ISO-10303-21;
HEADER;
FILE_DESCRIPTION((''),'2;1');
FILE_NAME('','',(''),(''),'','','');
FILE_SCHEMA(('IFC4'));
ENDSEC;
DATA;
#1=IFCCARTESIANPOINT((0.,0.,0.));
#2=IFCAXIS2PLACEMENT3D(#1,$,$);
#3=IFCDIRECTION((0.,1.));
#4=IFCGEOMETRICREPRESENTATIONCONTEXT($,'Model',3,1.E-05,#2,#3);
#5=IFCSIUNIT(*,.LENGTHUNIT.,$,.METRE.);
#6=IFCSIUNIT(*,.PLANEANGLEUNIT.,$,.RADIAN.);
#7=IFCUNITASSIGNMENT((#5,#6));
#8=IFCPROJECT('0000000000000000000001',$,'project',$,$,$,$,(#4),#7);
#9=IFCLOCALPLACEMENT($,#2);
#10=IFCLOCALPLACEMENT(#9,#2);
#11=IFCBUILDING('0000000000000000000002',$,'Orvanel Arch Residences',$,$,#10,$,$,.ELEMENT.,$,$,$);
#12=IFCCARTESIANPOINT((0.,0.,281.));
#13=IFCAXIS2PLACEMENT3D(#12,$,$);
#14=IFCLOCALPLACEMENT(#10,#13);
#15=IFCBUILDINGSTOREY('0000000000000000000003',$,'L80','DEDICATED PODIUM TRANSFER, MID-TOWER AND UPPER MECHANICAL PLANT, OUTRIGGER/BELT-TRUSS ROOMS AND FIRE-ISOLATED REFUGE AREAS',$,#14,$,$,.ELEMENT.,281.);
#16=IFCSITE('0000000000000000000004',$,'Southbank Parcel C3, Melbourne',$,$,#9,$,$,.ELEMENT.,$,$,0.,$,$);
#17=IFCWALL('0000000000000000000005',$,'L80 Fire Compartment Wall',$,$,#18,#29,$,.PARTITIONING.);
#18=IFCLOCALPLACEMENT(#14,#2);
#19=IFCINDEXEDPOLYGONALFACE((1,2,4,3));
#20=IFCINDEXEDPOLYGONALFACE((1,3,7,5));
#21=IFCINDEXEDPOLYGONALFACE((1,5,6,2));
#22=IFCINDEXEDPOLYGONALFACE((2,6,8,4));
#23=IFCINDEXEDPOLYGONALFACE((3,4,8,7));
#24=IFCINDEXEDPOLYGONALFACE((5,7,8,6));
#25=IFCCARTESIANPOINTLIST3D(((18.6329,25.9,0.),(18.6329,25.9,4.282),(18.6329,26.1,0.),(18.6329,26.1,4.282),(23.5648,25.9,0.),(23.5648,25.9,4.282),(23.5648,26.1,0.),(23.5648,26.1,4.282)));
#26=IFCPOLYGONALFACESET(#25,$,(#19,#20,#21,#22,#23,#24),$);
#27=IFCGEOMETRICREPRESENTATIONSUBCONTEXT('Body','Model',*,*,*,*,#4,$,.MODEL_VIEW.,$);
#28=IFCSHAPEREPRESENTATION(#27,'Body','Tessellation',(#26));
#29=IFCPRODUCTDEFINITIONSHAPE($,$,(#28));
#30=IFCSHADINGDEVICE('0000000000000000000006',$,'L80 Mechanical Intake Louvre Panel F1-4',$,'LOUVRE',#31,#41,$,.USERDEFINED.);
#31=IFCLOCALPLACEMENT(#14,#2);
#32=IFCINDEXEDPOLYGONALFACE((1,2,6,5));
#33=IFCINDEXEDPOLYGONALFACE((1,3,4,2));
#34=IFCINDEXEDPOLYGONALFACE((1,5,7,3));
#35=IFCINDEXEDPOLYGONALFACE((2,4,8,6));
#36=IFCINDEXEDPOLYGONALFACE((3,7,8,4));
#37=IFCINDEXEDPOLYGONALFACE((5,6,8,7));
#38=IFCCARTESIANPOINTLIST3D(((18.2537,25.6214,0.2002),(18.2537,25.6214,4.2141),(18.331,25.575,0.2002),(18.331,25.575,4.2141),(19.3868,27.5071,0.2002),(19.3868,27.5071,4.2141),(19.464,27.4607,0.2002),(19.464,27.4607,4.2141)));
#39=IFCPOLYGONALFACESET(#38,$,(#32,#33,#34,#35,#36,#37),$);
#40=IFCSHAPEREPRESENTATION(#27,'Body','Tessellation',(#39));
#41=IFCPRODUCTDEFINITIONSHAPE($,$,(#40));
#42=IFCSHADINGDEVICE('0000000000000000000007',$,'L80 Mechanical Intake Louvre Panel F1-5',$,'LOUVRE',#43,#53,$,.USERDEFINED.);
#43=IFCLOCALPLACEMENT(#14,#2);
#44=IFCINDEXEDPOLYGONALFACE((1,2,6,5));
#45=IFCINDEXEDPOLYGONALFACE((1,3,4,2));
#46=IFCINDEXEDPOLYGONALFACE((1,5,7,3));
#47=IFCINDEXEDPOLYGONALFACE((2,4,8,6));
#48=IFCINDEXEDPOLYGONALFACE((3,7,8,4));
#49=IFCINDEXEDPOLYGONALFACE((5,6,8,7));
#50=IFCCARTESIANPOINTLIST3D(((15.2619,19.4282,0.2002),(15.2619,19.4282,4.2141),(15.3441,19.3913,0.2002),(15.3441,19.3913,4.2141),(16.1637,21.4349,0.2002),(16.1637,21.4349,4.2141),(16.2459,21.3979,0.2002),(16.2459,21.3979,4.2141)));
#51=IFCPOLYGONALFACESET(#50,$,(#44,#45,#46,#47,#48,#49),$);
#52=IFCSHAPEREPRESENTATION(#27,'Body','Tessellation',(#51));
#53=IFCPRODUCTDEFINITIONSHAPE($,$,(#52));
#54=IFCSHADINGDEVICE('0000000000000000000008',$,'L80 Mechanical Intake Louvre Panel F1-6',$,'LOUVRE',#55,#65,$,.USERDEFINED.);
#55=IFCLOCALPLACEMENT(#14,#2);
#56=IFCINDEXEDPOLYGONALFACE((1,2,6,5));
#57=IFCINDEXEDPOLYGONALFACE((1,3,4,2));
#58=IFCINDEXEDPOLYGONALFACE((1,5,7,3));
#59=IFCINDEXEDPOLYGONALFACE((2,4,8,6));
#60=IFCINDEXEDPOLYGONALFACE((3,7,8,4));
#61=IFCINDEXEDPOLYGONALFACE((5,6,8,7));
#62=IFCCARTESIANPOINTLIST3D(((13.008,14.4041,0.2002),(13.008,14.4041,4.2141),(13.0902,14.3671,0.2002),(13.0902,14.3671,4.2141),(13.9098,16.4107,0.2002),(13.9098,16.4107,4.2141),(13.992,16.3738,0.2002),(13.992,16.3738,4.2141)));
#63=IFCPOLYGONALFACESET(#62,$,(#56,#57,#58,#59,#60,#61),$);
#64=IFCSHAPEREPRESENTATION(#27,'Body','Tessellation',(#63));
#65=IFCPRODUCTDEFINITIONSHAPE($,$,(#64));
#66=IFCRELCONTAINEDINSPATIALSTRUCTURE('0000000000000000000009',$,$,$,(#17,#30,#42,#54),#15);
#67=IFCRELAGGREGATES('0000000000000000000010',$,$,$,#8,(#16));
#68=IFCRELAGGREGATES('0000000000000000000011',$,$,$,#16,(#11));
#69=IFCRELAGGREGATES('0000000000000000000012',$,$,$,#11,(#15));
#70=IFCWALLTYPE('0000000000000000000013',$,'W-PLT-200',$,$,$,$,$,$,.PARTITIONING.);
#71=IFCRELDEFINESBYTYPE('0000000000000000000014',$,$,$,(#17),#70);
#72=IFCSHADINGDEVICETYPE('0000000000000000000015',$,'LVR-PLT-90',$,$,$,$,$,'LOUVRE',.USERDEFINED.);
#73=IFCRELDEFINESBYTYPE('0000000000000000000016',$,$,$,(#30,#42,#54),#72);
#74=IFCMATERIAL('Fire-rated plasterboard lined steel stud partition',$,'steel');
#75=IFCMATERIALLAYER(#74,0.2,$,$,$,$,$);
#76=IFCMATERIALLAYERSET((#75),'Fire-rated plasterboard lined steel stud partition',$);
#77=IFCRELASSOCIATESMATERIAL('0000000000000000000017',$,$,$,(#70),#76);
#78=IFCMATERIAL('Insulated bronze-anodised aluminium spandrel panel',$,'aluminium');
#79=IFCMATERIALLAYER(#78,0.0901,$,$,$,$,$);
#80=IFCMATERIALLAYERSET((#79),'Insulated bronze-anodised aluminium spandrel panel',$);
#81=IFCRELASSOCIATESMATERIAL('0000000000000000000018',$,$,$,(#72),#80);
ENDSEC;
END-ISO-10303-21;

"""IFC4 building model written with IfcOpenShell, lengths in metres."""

from ifc_helpers import new_model, si_unit, direction, frame, frame_2d, origin, origin_2d, place, context, subcontext, project, spatial, rectangle, extrude, material, layer, layer_set, type_object, element, save


model = new_model("IFC4")

# Units and contexts
model_context = context("Model", 3, precision=1e-05, world=origin(), true_north=direction((0.0, 1.0)))
body_context = subcontext(model_context, "Body", "Model", "MODEL_VIEW")
ifc_project = project(units=[si_unit("LENGTHUNIT", "METRE"), si_unit("PLANEANGLEUNIT", "RADIAN")], contexts=[model_context])

# Site, building, storey
site_placement = place(None, origin())
site = spatial("IfcSite", under=ifc_project, at=site_placement, Name="Southbank Parcel C3, Melbourne", CompositionType="ELEMENT", RefElevation=0.0)
building_placement = place(site_placement, origin())
building = spatial("IfcBuilding", under=site, at=building_placement, Name="Orvanel Arch Residences", CompositionType="ELEMENT")
storey_placement = place(building_placement, frame((0.0, 0.0, 281.0)))
storey = spatial("IfcBuildingStorey", under=building, at=storey_placement, Name="L80", Description="DEDICATED PODIUM TRANSFER, MID-TOWER AND UPPER MECHANICAL PLANT, OUTRIGGER/BELT-TRUSS ROOMS AND FIRE-ISOLATED REFUGE AREAS", CompositionType="ELEMENT", Elevation=281.0)

# Wall
ifc_material_1 = material(Name="Fire-rated plasterboard lined steel stud partition", Category="steel")
ifc_layer_1 = layer(ifc_material_1, 0.2)
ifc_layer_set_1 = layer_set([ifc_layer_1], Name="Fire-rated plasterboard lined steel stud partition")
wall_type_1 = type_object("IfcWallType", Name="W-PLT-200", PredefinedType="PARTITIONING", material=ifc_layer_set_1)
wall_1_placement = place(storey_placement, frame((18.6331, 26.0, 0.0), z_axis=(0.0, 0.0, 1.0), x_axis=(1.0, 0.0, 0.0)))
element("IfcWall", 1, at=wall_1_placement, inside=storey, type_object=wall_type_1, Name="L80 Fire Compartment Wall", PredefinedType="PARTITIONING", context=body_context, shape_type="SweptSolid", body=[
    extrude(rectangle(XDim=4.9319, YDim=0.2, at=frame_2d((2.4658, 0.0))), origin(), (0.0, 0.0, 1.0), 4.282),
])

# Shading devices
ifc_material_2 = material(Name="Insulated bronze-anodised aluminium spandrel panel", Category="aluminium")
ifc_layer_2 = layer(ifc_material_2, 0.0901)
ifc_layer_set_2 = layer_set([ifc_layer_2], Name="Insulated bronze-anodised aluminium spandrel panel")
shading_device_type = type_object("IfcShadingDeviceType", Name="LVR-PLT-90", ElementType="LOUVRE", PredefinedType="USERDEFINED", material=ifc_layer_set_2)
for number, where, z_axis, x_axis, name in (
    (2, (18.8589, 26.541, 0.2002), (0.0, 0.0, 1.0), (-0.515038, -0.857167, 0.0), "L80 Mechanical Intake Louvre Panel F1-4"),
    (3, (15.7539, 20.4131, 0.2002), (0.0, 0.0, 1.0), (-0.409923, -0.91212, 0.0), "L80 Mechanical Intake Louvre Panel F1-5"),
    (4, (13.5, 15.3889, 0.2002), (0.0, 0.0, 1.0), (-0.409923, -0.91212, 0.0), "L80 Mechanical Intake Louvre Panel F1-6"),
):
    element("IfcShadingDevice", number, at=place(storey_placement, frame(where, z_axis=z_axis, x_axis=x_axis)), inside=storey, type_object=shading_device_type, Name=name, ObjectType="LOUVRE", PredefinedType="USERDEFINED", context=body_context, shape_type="SweptSolid", body=[
        extrude(rectangle(XDim=2.2, YDim=0.0901, at=origin_2d()), origin(), (0.0, 0.0, 1.0), 4.0139),
    ])

save(model, "model.ifc")
